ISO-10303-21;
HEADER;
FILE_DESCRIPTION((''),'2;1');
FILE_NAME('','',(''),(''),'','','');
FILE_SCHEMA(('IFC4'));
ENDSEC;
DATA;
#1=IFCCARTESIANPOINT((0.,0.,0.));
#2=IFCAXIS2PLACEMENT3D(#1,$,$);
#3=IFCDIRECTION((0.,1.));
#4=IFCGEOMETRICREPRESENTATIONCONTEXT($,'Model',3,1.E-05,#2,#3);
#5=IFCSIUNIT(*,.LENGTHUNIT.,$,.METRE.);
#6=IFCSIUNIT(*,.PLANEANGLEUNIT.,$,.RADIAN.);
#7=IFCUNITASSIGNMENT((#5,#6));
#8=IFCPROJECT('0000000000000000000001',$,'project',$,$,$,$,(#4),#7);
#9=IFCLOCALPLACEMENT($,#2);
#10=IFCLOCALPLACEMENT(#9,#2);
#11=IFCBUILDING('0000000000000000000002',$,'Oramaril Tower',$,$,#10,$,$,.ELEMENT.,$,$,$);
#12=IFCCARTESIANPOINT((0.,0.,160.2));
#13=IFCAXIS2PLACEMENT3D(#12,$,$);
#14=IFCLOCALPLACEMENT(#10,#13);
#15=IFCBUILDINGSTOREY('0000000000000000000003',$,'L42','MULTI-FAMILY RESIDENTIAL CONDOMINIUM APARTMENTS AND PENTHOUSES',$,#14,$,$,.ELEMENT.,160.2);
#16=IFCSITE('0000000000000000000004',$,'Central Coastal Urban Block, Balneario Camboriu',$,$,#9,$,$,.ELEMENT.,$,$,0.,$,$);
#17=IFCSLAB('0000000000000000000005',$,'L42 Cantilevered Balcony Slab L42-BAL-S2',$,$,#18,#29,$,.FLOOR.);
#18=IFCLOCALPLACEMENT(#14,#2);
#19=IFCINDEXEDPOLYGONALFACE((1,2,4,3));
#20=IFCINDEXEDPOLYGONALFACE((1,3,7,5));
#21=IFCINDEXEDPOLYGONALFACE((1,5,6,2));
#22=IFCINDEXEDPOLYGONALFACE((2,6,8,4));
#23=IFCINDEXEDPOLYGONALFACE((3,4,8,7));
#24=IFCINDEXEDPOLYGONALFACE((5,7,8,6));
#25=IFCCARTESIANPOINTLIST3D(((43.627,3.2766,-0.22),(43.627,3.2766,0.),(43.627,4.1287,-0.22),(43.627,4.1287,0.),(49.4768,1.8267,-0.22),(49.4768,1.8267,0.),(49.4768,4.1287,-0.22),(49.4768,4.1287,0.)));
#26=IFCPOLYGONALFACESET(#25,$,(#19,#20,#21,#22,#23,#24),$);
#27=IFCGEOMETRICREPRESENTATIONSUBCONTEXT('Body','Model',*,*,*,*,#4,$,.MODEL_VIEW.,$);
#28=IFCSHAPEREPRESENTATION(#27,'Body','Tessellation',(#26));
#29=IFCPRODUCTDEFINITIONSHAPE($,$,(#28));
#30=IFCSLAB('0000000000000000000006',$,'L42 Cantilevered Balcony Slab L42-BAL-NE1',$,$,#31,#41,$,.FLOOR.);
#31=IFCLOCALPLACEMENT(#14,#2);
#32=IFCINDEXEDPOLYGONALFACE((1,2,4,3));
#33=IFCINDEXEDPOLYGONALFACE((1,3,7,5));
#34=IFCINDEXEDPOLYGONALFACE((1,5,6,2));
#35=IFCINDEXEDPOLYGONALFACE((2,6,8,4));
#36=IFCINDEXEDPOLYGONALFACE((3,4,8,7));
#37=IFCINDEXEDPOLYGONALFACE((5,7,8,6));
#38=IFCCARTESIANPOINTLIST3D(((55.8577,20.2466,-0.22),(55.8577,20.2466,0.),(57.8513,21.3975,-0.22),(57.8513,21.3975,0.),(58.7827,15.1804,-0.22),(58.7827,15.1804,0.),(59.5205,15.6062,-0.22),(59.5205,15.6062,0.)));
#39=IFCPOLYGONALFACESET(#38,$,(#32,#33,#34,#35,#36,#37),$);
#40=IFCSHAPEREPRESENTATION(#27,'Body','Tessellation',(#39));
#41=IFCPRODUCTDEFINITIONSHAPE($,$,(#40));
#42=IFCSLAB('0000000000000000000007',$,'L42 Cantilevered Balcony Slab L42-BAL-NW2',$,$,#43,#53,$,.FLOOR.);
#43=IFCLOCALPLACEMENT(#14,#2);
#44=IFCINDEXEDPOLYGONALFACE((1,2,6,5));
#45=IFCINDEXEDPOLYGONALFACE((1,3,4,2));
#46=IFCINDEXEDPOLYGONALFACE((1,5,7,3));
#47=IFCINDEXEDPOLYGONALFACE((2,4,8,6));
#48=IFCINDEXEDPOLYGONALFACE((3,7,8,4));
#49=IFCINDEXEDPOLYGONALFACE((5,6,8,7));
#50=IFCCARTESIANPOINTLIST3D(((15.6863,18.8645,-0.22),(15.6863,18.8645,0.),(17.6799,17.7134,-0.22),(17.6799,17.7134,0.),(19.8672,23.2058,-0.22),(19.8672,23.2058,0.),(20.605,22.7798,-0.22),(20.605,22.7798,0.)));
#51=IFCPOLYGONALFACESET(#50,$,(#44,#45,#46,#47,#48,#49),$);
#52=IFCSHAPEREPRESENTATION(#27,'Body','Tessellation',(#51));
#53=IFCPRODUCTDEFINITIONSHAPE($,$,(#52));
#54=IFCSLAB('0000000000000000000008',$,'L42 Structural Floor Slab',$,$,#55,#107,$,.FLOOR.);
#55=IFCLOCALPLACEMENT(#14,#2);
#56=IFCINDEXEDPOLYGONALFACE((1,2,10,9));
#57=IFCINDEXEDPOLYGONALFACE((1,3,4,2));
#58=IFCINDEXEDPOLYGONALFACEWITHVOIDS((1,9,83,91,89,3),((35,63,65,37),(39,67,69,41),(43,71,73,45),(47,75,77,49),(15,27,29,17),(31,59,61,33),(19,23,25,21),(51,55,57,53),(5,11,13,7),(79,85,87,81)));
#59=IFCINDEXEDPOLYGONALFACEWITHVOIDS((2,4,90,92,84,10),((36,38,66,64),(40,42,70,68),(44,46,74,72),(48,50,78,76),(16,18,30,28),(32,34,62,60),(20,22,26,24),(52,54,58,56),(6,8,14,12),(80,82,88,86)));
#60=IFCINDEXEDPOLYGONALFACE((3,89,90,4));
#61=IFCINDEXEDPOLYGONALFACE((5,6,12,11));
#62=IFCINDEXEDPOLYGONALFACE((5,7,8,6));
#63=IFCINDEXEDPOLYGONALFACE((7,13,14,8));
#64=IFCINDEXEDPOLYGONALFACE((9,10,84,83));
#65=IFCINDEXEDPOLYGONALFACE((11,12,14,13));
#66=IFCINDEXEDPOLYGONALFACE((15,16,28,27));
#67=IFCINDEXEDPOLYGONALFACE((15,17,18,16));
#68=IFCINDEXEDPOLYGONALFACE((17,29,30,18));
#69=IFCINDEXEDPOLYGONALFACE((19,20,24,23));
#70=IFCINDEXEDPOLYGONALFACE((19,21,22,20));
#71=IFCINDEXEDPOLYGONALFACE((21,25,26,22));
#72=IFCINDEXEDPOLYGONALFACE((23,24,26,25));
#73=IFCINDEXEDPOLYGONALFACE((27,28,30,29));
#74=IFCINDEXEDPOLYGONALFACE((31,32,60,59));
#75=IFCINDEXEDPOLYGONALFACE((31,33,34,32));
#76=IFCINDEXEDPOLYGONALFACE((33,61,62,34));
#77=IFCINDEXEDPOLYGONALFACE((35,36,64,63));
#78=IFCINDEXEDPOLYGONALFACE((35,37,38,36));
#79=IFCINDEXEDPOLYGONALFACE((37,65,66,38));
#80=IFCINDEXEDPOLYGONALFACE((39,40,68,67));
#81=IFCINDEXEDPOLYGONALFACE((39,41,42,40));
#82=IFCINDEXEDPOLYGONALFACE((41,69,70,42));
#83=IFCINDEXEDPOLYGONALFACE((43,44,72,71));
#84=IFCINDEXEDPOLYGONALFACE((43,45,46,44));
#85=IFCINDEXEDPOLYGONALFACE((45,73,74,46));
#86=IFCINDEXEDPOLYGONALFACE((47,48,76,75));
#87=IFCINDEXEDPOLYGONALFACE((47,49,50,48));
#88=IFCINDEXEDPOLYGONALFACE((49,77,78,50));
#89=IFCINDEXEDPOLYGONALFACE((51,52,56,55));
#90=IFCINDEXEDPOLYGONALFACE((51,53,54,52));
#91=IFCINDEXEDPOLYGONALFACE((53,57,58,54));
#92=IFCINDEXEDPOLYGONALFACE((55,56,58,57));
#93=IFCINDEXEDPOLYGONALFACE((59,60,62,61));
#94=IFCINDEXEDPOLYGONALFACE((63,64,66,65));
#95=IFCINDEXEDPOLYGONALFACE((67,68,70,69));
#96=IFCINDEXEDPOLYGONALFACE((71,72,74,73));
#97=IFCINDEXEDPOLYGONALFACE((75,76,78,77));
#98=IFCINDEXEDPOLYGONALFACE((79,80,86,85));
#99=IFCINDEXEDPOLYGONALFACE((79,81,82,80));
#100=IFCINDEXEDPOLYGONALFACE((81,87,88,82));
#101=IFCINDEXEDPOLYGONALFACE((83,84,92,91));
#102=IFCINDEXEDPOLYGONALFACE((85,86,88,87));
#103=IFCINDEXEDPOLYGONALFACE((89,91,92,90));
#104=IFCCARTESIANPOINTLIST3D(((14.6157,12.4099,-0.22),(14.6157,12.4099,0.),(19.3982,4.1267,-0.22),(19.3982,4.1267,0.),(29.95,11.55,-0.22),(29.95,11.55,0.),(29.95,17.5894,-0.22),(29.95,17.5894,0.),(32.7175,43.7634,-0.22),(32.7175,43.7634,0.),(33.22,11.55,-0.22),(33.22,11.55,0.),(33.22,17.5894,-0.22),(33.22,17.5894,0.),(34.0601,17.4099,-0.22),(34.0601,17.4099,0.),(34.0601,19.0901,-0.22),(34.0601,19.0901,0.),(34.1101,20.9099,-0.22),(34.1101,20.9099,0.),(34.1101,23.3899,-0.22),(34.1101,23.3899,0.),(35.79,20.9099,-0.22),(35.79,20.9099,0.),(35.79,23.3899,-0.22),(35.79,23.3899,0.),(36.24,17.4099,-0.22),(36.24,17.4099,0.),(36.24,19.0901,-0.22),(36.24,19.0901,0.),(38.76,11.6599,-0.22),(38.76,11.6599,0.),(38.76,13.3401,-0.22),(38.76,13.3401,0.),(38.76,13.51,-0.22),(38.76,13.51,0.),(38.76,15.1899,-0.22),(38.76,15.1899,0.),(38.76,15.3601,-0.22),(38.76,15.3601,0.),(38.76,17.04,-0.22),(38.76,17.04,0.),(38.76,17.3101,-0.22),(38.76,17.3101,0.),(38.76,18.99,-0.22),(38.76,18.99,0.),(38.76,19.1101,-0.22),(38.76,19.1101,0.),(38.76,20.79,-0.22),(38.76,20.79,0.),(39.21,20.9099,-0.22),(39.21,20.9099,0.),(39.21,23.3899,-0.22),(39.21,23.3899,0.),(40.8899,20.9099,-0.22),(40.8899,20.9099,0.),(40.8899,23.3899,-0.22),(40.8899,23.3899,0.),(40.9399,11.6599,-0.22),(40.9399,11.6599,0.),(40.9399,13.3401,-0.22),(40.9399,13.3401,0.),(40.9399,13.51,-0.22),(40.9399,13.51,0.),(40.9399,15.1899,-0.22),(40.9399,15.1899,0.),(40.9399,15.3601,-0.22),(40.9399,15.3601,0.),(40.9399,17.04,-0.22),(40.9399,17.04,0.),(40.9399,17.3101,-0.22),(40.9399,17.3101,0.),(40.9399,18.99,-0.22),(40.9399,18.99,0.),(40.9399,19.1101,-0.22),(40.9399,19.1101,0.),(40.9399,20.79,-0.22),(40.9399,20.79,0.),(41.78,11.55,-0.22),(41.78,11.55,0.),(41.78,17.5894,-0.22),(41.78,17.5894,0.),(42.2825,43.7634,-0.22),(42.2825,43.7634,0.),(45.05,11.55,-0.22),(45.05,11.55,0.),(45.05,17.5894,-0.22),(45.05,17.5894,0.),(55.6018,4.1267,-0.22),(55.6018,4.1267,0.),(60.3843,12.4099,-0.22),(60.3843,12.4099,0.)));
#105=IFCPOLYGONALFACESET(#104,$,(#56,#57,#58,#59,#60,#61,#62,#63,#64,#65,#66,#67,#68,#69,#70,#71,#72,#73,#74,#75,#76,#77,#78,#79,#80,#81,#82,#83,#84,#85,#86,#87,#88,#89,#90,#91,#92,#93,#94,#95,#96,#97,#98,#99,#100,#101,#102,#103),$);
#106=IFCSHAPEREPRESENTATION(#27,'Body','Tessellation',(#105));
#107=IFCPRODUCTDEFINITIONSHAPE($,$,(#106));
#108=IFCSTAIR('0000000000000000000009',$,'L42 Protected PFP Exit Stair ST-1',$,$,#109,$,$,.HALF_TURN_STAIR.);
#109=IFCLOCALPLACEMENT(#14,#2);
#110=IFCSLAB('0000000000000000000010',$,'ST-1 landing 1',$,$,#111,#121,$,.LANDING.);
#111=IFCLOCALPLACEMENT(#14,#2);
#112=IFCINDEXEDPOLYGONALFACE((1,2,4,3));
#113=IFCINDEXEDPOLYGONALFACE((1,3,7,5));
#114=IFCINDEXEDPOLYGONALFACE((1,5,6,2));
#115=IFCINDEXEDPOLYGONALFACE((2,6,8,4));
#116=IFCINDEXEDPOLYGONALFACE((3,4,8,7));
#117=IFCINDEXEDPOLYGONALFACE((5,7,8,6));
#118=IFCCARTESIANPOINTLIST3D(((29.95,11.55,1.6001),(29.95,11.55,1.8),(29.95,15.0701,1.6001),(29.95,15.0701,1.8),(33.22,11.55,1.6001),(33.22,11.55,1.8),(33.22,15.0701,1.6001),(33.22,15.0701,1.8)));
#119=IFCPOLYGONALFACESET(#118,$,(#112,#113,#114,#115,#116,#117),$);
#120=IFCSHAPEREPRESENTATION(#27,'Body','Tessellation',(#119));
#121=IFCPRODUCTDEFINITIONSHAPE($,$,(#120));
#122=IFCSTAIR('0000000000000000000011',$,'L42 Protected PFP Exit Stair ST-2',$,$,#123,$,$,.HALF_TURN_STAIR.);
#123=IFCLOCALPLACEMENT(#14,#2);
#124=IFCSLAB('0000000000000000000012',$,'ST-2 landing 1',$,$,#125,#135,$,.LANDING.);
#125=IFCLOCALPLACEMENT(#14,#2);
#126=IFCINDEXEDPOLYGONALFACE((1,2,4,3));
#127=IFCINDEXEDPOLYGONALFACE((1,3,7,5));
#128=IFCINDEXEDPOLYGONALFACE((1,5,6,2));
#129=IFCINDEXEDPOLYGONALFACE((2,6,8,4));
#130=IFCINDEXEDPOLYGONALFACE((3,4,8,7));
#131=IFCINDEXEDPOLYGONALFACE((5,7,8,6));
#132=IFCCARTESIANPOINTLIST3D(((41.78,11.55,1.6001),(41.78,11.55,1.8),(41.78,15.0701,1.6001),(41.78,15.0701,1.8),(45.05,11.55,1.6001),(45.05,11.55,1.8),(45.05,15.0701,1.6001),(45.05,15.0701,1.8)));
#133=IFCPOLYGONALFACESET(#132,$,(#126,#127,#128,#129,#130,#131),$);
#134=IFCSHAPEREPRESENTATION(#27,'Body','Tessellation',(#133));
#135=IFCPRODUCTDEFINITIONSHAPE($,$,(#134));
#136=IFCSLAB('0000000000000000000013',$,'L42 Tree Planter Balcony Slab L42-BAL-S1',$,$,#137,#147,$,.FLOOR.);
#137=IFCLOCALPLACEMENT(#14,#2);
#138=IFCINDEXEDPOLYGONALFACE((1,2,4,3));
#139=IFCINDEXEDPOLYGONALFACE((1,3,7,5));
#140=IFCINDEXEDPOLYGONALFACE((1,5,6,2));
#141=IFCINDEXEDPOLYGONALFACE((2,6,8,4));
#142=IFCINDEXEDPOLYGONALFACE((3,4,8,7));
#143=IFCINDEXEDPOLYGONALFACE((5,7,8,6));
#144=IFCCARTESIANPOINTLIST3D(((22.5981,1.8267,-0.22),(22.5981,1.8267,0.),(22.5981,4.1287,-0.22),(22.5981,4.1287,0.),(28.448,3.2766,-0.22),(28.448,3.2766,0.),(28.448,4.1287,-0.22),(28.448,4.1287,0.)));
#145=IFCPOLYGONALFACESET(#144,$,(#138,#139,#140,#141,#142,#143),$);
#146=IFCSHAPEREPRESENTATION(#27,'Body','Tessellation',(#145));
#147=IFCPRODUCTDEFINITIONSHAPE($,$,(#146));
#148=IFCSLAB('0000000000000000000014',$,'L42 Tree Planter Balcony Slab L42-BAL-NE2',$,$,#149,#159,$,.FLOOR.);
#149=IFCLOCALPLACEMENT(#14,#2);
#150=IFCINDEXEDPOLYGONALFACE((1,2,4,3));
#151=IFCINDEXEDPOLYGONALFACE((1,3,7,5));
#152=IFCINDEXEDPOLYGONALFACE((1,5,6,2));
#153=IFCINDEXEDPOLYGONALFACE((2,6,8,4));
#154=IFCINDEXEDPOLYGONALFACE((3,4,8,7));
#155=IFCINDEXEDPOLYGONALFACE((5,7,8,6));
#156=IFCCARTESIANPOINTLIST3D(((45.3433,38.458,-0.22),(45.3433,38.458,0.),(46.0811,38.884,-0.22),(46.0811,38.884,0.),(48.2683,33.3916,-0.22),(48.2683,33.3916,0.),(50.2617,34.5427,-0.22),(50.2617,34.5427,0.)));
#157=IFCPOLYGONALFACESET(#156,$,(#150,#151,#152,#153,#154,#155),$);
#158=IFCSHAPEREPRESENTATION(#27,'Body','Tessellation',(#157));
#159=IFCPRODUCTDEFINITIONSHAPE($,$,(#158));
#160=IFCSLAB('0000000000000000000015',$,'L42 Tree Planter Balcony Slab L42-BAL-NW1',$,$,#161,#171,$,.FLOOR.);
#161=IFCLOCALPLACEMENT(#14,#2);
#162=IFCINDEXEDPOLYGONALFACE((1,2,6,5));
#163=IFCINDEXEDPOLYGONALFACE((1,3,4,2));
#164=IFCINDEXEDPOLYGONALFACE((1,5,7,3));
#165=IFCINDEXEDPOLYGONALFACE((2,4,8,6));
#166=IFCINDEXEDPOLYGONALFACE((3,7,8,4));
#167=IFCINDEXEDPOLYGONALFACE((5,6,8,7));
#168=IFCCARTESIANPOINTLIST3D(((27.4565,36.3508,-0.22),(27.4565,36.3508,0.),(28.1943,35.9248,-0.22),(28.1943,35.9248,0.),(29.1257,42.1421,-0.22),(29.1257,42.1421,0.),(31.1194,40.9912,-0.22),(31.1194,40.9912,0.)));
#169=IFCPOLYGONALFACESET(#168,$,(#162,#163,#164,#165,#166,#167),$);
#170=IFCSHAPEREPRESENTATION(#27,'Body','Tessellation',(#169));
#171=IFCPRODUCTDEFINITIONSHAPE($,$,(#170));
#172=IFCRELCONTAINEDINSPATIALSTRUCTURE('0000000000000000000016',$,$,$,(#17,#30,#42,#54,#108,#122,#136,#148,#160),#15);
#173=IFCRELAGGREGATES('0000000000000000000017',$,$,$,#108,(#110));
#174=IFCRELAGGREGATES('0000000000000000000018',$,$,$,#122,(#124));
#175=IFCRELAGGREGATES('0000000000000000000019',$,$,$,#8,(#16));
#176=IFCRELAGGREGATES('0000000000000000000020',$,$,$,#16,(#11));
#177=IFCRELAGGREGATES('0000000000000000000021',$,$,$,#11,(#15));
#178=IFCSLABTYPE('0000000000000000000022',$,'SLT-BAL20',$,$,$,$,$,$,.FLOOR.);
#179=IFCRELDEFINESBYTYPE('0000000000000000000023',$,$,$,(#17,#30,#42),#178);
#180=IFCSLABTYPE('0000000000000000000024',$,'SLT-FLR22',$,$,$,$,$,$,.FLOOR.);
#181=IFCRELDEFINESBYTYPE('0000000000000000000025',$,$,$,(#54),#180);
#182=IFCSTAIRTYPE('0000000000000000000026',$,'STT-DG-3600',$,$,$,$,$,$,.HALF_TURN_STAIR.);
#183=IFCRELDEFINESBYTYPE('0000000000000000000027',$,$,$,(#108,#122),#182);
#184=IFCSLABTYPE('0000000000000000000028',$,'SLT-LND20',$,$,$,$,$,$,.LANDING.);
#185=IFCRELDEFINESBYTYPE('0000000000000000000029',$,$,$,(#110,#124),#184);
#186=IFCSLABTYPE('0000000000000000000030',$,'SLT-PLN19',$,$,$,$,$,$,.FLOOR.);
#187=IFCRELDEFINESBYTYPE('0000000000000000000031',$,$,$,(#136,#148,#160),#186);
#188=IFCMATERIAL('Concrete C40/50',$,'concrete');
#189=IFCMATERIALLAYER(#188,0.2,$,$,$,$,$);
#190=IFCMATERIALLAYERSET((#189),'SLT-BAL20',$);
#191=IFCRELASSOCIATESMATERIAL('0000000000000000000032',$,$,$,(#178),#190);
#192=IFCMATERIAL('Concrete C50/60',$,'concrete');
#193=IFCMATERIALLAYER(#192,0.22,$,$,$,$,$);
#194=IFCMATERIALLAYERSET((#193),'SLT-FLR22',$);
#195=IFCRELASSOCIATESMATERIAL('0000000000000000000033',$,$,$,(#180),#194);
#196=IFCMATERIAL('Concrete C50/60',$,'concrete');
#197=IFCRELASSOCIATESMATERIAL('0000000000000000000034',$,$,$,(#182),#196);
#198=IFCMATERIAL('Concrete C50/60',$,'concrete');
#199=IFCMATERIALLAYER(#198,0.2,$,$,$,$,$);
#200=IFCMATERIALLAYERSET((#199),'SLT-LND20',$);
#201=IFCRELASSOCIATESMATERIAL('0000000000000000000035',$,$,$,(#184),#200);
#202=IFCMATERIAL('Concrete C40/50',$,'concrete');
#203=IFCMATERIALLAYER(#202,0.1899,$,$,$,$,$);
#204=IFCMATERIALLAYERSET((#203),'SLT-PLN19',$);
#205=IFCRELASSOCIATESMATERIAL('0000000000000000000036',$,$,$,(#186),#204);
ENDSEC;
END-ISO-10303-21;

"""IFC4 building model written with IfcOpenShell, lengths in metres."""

from ifc_helpers import new_model, si_unit, direction, frame, origin, place, context, subcontext, project, spatial, polyline, outline, extrude, material, layer, layer_set, type_object, element, aggregate, save


model = new_model("IFC4")

# Units and contexts
model_context = context("Model", 3, precision=1e-05, world=origin(), true_north=direction((0.0, 1.0)))
body_context = subcontext(model_context, "Body", "Model", "MODEL_VIEW")
ifc_project = project(units=[si_unit("LENGTHUNIT", "METRE"), si_unit("PLANEANGLEUNIT", "RADIAN")], contexts=[model_context])

# Site, building, storey
site_placement = place(None, origin())
site = spatial("IfcSite", under=ifc_project, at=site_placement, Name="Central Coastal Urban Block, Balneario Camboriu", CompositionType="ELEMENT", RefElevation=0.0)
building_placement = place(site_placement, origin())
building = spatial("IfcBuilding", under=site, at=building_placement, Name="Oramaril Tower", CompositionType="ELEMENT")
storey_placement = place(building_placement, frame((0.0, 0.0, 160.2)))
storey = spatial("IfcBuildingStorey", under=building, at=storey_placement, Name="L42", Description="MULTI-FAMILY RESIDENTIAL CONDOMINIUM APARTMENTS AND PENTHOUSES", CompositionType="ELEMENT", Elevation=160.2)

# Slabs
ifc_material_1 = material(Name="Concrete C40/50", Category="concrete")
ifc_layer_1 = layer(ifc_material_1, 0.2)
ifc_layer_set_1 = layer_set([ifc_layer_1], Name="SLT-BAL20")
slab_type_1 = type_object("IfcSlabType", Name="SLT-BAL20", PredefinedType="FLOOR", material=ifc_layer_set_1)
slab_1_placement = place(storey_placement, frame((0.0, 0.0, -0.22)))
element("IfcSlab", 1, at=slab_1_placement, inside=storey, type_object=slab_type_1, Name="L42 Cantilevered Balcony Slab L42-BAL-S2", PredefinedType="FLOOR", context=body_context, shape_type="SweptSolid", body=[
    extrude(outline(polyline([(43.627, 4.1287), (49.4768, 4.1287), (49.4768, 1.8267), (43.627, 3.2766), (43.627, 4.1287)])), origin(), (0.0, 0.0, 1.0), 0.22),
])
slab_2_placement = place(storey_placement, frame((0.0, 0.0, -0.22)))
element("IfcSlab", 2, at=slab_2_placement, inside=storey, type_object=slab_type_1, Name="L42 Cantilevered Balcony Slab L42-BAL-NE1", PredefinedType="FLOOR", context=body_context, shape_type="SweptSolid", body=[
    extrude(outline(polyline([(58.7827, 15.1804), (55.8577, 20.2466), (57.8513, 21.3975), (59.5205, 15.6062), (58.7827, 15.1804)])), origin(), (0.0, 0.0, 1.0), 0.22),
])
slab_3_placement = place(storey_placement, frame((0.0, 0.0, -0.22)))
element("IfcSlab", 3, at=slab_3_placement, inside=storey, type_object=slab_type_1, Name="L42 Cantilevered Balcony Slab L42-BAL-NW2", PredefinedType="FLOOR", context=body_context, shape_type="SweptSolid", body=[
    extrude(outline(polyline([(20.605, 22.7798), (17.6799, 17.7134), (15.6863, 18.8645), (19.8672, 23.2058), (20.605, 22.7798)])), origin(), (0.0, 0.0, 1.0), 0.22),
])
ifc_material_2 = material(Name="Concrete C50/60", Category="concrete")
ifc_layer_2 = layer(ifc_material_2, 0.22)
ifc_layer_set_2 = layer_set([ifc_layer_2], Name="SLT-FLR22")
slab_type_2 = type_object("IfcSlabType", Name="SLT-FLR22", PredefinedType="FLOOR", material=ifc_layer_set_2)
slab_4_placement = place(storey_placement, frame((0.0, 0.0, -0.22)))
element("IfcSlab", 4, at=slab_4_placement, inside=storey, type_object=slab_type_2, Name="L42 Structural Floor Slab", PredefinedType="FLOOR", context=body_context, shape_type="SweptSolid", body=[
    extrude(outline(polyline([(14.6157, 12.4099), (19.3982, 4.1267), (55.6018, 4.1267), (60.3843, 12.4099), (42.2825, 43.7634), (32.7175, 43.7634), (14.6157, 12.4099)]), holes=[polyline([(29.95, 17.5894), (29.95, 11.55), (33.22, 11.55), (33.22, 17.5894), (29.95, 17.5894)]), polyline([(41.78, 17.5894), (41.78, 11.55), (45.05, 11.55), (45.05, 17.5894), (41.78, 17.5894)]), polyline([(34.1101, 20.9099), (35.79, 20.9099), (35.79, 23.3899), (34.1101, 23.3899), (34.1101, 20.9099)]), polyline([(39.21, 20.9099), (40.8899, 20.9099), (40.8899, 23.3899), (39.21, 23.3899), (39.21, 20.9099)]), polyline([(38.76, 11.6599), (40.9399, 11.6599), (40.9399, 13.3401), (38.76, 13.3401), (38.76, 11.6599)]), polyline([(38.76, 13.51), (40.9399, 13.51), (40.9399, 15.1899), (38.76, 15.1899), (38.76, 13.51)]), polyline([(38.76, 15.3601), (40.9399, 15.3601), (40.9399, 17.04), (38.76, 17.04), (38.76, 15.3601)]), polyline([(34.0601, 17.4099), (36.24, 17.4099), (36.24, 19.0901), (34.0601, 19.0901), (34.0601, 17.4099)]), polyline([(38.76, 17.3101), (40.9399, 17.3101), (40.9399, 18.99), (38.76, 18.99), (38.76, 17.3101)]), polyline([(38.76, 19.1101), (40.9399, 19.1101), (40.9399, 20.79), (38.76, 20.79), (38.76, 19.1101)])]), origin(), (0.0, 0.0, 1.0), 0.22),
])

# Stairs, slabs
ifc_material_3 = material(Name="Concrete C50/60", Category="concrete")
stair_type = type_object("IfcStairType", Name="STT-DG-3600", PredefinedType="HALF_TURN_STAIR", material=ifc_material_3)
stair_1_placement = place(storey_placement, origin())
stair_1 = element("IfcStair", 5, at=stair_1_placement, inside=storey, type_object=stair_type, Name="L42 Protected PFP Exit Stair ST-1", PredefinedType="HALF_TURN_STAIR")
ifc_material_4 = material(Name="Concrete C50/60", Category="concrete")
ifc_layer_3 = layer(ifc_material_4, 0.2)
ifc_layer_set_3 = layer_set([ifc_layer_3], Name="SLT-LND20")
slab_type_3 = type_object("IfcSlabType", Name="SLT-LND20", PredefinedType="LANDING", material=ifc_layer_set_3)
slab_5_placement = place(storey_placement, frame((0.0, 0.0, 1.6001)))
slab_5 = element("IfcSlab", 6, at=slab_5_placement, type_object=slab_type_3, Name="ST-1 landing 1", PredefinedType="LANDING", context=body_context, shape_type="SweptSolid", body=[
    extrude(outline(polyline([(29.95, 15.0701), (29.95, 11.55), (33.22, 11.55), (33.22, 15.0701), (29.95, 15.0701)])), origin(), (0.0, 0.0, 1.0), 0.2),
])
aggregate(stair_1, [slab_5])
stair_2_placement = place(storey_placement, origin())
stair_2 = element("IfcStair", 7, at=stair_2_placement, inside=storey, type_object=stair_type, Name="L42 Protected PFP Exit Stair ST-2", PredefinedType="HALF_TURN_STAIR")
slab_6_placement = place(storey_placement, frame((0.0, 0.0, 1.6001)))
slab_6 = element("IfcSlab", 8, at=slab_6_placement, type_object=slab_type_3, Name="ST-2 landing 1", PredefinedType="LANDING", context=body_context, shape_type="SweptSolid", body=[
    extrude(outline(polyline([(41.78, 15.0701), (41.78, 11.55), (45.05, 11.55), (45.05, 15.0701), (41.78, 15.0701)])), origin(), (0.0, 0.0, 1.0), 0.2),
])
aggregate(stair_2, [slab_6])

# Slabs
ifc_material_5 = material(Name="Concrete C40/50", Category="concrete")
ifc_layer_4 = layer(ifc_material_5, 0.1899)
ifc_layer_set_4 = layer_set([ifc_layer_4], Name="SLT-PLN19")
slab_type_4 = type_object("IfcSlabType", Name="SLT-PLN19", PredefinedType="FLOOR", material=ifc_layer_set_4)
slab_7_placement = place(storey_placement, frame((0.0, 0.0, -0.22)))
element("IfcSlab", 9, at=slab_7_placement, inside=storey, type_object=slab_type_4, Name="L42 Tree Planter Balcony Slab L42-BAL-S1", PredefinedType="FLOOR", context=body_context, shape_type="SweptSolid", body=[
    extrude(outline(polyline([(22.5981, 4.1287), (28.448, 4.1287), (28.448, 3.2766), (22.5981, 1.8267), (22.5981, 4.1287)])), origin(), (0.0, 0.0, 1.0), 0.22),
])
slab_8_placement = place(storey_placement, frame((0.0, 0.0, -0.22)))
element("IfcSlab", 10, at=slab_8_placement, inside=storey, type_object=slab_type_4, Name="L42 Tree Planter Balcony Slab L42-BAL-NE2", PredefinedType="FLOOR", context=body_context, shape_type="SweptSolid", body=[
    extrude(outline(polyline([(48.2683, 33.3916), (45.3433, 38.458), (46.0811, 38.884), (50.2617, 34.5427), (48.2683, 33.3916)])), origin(), (0.0, 0.0, 1.0), 0.22),
])
slab_9_placement = place(storey_placement, frame((0.0, 0.0, -0.22)))
element("IfcSlab", 11, at=slab_9_placement, inside=storey, type_object=slab_type_4, Name="L42 Tree Planter Balcony Slab L42-BAL-NW1", PredefinedType="FLOOR", context=body_context, shape_type="SweptSolid", body=[
    extrude(outline(polyline([(31.1194, 40.9912), (28.1943, 35.9248), (27.4565, 36.3508), (29.1257, 42.1421), (31.1194, 40.9912)])), origin(), (0.0, 0.0, 1.0), 0.22),
])

save(model, "model.ifc")
